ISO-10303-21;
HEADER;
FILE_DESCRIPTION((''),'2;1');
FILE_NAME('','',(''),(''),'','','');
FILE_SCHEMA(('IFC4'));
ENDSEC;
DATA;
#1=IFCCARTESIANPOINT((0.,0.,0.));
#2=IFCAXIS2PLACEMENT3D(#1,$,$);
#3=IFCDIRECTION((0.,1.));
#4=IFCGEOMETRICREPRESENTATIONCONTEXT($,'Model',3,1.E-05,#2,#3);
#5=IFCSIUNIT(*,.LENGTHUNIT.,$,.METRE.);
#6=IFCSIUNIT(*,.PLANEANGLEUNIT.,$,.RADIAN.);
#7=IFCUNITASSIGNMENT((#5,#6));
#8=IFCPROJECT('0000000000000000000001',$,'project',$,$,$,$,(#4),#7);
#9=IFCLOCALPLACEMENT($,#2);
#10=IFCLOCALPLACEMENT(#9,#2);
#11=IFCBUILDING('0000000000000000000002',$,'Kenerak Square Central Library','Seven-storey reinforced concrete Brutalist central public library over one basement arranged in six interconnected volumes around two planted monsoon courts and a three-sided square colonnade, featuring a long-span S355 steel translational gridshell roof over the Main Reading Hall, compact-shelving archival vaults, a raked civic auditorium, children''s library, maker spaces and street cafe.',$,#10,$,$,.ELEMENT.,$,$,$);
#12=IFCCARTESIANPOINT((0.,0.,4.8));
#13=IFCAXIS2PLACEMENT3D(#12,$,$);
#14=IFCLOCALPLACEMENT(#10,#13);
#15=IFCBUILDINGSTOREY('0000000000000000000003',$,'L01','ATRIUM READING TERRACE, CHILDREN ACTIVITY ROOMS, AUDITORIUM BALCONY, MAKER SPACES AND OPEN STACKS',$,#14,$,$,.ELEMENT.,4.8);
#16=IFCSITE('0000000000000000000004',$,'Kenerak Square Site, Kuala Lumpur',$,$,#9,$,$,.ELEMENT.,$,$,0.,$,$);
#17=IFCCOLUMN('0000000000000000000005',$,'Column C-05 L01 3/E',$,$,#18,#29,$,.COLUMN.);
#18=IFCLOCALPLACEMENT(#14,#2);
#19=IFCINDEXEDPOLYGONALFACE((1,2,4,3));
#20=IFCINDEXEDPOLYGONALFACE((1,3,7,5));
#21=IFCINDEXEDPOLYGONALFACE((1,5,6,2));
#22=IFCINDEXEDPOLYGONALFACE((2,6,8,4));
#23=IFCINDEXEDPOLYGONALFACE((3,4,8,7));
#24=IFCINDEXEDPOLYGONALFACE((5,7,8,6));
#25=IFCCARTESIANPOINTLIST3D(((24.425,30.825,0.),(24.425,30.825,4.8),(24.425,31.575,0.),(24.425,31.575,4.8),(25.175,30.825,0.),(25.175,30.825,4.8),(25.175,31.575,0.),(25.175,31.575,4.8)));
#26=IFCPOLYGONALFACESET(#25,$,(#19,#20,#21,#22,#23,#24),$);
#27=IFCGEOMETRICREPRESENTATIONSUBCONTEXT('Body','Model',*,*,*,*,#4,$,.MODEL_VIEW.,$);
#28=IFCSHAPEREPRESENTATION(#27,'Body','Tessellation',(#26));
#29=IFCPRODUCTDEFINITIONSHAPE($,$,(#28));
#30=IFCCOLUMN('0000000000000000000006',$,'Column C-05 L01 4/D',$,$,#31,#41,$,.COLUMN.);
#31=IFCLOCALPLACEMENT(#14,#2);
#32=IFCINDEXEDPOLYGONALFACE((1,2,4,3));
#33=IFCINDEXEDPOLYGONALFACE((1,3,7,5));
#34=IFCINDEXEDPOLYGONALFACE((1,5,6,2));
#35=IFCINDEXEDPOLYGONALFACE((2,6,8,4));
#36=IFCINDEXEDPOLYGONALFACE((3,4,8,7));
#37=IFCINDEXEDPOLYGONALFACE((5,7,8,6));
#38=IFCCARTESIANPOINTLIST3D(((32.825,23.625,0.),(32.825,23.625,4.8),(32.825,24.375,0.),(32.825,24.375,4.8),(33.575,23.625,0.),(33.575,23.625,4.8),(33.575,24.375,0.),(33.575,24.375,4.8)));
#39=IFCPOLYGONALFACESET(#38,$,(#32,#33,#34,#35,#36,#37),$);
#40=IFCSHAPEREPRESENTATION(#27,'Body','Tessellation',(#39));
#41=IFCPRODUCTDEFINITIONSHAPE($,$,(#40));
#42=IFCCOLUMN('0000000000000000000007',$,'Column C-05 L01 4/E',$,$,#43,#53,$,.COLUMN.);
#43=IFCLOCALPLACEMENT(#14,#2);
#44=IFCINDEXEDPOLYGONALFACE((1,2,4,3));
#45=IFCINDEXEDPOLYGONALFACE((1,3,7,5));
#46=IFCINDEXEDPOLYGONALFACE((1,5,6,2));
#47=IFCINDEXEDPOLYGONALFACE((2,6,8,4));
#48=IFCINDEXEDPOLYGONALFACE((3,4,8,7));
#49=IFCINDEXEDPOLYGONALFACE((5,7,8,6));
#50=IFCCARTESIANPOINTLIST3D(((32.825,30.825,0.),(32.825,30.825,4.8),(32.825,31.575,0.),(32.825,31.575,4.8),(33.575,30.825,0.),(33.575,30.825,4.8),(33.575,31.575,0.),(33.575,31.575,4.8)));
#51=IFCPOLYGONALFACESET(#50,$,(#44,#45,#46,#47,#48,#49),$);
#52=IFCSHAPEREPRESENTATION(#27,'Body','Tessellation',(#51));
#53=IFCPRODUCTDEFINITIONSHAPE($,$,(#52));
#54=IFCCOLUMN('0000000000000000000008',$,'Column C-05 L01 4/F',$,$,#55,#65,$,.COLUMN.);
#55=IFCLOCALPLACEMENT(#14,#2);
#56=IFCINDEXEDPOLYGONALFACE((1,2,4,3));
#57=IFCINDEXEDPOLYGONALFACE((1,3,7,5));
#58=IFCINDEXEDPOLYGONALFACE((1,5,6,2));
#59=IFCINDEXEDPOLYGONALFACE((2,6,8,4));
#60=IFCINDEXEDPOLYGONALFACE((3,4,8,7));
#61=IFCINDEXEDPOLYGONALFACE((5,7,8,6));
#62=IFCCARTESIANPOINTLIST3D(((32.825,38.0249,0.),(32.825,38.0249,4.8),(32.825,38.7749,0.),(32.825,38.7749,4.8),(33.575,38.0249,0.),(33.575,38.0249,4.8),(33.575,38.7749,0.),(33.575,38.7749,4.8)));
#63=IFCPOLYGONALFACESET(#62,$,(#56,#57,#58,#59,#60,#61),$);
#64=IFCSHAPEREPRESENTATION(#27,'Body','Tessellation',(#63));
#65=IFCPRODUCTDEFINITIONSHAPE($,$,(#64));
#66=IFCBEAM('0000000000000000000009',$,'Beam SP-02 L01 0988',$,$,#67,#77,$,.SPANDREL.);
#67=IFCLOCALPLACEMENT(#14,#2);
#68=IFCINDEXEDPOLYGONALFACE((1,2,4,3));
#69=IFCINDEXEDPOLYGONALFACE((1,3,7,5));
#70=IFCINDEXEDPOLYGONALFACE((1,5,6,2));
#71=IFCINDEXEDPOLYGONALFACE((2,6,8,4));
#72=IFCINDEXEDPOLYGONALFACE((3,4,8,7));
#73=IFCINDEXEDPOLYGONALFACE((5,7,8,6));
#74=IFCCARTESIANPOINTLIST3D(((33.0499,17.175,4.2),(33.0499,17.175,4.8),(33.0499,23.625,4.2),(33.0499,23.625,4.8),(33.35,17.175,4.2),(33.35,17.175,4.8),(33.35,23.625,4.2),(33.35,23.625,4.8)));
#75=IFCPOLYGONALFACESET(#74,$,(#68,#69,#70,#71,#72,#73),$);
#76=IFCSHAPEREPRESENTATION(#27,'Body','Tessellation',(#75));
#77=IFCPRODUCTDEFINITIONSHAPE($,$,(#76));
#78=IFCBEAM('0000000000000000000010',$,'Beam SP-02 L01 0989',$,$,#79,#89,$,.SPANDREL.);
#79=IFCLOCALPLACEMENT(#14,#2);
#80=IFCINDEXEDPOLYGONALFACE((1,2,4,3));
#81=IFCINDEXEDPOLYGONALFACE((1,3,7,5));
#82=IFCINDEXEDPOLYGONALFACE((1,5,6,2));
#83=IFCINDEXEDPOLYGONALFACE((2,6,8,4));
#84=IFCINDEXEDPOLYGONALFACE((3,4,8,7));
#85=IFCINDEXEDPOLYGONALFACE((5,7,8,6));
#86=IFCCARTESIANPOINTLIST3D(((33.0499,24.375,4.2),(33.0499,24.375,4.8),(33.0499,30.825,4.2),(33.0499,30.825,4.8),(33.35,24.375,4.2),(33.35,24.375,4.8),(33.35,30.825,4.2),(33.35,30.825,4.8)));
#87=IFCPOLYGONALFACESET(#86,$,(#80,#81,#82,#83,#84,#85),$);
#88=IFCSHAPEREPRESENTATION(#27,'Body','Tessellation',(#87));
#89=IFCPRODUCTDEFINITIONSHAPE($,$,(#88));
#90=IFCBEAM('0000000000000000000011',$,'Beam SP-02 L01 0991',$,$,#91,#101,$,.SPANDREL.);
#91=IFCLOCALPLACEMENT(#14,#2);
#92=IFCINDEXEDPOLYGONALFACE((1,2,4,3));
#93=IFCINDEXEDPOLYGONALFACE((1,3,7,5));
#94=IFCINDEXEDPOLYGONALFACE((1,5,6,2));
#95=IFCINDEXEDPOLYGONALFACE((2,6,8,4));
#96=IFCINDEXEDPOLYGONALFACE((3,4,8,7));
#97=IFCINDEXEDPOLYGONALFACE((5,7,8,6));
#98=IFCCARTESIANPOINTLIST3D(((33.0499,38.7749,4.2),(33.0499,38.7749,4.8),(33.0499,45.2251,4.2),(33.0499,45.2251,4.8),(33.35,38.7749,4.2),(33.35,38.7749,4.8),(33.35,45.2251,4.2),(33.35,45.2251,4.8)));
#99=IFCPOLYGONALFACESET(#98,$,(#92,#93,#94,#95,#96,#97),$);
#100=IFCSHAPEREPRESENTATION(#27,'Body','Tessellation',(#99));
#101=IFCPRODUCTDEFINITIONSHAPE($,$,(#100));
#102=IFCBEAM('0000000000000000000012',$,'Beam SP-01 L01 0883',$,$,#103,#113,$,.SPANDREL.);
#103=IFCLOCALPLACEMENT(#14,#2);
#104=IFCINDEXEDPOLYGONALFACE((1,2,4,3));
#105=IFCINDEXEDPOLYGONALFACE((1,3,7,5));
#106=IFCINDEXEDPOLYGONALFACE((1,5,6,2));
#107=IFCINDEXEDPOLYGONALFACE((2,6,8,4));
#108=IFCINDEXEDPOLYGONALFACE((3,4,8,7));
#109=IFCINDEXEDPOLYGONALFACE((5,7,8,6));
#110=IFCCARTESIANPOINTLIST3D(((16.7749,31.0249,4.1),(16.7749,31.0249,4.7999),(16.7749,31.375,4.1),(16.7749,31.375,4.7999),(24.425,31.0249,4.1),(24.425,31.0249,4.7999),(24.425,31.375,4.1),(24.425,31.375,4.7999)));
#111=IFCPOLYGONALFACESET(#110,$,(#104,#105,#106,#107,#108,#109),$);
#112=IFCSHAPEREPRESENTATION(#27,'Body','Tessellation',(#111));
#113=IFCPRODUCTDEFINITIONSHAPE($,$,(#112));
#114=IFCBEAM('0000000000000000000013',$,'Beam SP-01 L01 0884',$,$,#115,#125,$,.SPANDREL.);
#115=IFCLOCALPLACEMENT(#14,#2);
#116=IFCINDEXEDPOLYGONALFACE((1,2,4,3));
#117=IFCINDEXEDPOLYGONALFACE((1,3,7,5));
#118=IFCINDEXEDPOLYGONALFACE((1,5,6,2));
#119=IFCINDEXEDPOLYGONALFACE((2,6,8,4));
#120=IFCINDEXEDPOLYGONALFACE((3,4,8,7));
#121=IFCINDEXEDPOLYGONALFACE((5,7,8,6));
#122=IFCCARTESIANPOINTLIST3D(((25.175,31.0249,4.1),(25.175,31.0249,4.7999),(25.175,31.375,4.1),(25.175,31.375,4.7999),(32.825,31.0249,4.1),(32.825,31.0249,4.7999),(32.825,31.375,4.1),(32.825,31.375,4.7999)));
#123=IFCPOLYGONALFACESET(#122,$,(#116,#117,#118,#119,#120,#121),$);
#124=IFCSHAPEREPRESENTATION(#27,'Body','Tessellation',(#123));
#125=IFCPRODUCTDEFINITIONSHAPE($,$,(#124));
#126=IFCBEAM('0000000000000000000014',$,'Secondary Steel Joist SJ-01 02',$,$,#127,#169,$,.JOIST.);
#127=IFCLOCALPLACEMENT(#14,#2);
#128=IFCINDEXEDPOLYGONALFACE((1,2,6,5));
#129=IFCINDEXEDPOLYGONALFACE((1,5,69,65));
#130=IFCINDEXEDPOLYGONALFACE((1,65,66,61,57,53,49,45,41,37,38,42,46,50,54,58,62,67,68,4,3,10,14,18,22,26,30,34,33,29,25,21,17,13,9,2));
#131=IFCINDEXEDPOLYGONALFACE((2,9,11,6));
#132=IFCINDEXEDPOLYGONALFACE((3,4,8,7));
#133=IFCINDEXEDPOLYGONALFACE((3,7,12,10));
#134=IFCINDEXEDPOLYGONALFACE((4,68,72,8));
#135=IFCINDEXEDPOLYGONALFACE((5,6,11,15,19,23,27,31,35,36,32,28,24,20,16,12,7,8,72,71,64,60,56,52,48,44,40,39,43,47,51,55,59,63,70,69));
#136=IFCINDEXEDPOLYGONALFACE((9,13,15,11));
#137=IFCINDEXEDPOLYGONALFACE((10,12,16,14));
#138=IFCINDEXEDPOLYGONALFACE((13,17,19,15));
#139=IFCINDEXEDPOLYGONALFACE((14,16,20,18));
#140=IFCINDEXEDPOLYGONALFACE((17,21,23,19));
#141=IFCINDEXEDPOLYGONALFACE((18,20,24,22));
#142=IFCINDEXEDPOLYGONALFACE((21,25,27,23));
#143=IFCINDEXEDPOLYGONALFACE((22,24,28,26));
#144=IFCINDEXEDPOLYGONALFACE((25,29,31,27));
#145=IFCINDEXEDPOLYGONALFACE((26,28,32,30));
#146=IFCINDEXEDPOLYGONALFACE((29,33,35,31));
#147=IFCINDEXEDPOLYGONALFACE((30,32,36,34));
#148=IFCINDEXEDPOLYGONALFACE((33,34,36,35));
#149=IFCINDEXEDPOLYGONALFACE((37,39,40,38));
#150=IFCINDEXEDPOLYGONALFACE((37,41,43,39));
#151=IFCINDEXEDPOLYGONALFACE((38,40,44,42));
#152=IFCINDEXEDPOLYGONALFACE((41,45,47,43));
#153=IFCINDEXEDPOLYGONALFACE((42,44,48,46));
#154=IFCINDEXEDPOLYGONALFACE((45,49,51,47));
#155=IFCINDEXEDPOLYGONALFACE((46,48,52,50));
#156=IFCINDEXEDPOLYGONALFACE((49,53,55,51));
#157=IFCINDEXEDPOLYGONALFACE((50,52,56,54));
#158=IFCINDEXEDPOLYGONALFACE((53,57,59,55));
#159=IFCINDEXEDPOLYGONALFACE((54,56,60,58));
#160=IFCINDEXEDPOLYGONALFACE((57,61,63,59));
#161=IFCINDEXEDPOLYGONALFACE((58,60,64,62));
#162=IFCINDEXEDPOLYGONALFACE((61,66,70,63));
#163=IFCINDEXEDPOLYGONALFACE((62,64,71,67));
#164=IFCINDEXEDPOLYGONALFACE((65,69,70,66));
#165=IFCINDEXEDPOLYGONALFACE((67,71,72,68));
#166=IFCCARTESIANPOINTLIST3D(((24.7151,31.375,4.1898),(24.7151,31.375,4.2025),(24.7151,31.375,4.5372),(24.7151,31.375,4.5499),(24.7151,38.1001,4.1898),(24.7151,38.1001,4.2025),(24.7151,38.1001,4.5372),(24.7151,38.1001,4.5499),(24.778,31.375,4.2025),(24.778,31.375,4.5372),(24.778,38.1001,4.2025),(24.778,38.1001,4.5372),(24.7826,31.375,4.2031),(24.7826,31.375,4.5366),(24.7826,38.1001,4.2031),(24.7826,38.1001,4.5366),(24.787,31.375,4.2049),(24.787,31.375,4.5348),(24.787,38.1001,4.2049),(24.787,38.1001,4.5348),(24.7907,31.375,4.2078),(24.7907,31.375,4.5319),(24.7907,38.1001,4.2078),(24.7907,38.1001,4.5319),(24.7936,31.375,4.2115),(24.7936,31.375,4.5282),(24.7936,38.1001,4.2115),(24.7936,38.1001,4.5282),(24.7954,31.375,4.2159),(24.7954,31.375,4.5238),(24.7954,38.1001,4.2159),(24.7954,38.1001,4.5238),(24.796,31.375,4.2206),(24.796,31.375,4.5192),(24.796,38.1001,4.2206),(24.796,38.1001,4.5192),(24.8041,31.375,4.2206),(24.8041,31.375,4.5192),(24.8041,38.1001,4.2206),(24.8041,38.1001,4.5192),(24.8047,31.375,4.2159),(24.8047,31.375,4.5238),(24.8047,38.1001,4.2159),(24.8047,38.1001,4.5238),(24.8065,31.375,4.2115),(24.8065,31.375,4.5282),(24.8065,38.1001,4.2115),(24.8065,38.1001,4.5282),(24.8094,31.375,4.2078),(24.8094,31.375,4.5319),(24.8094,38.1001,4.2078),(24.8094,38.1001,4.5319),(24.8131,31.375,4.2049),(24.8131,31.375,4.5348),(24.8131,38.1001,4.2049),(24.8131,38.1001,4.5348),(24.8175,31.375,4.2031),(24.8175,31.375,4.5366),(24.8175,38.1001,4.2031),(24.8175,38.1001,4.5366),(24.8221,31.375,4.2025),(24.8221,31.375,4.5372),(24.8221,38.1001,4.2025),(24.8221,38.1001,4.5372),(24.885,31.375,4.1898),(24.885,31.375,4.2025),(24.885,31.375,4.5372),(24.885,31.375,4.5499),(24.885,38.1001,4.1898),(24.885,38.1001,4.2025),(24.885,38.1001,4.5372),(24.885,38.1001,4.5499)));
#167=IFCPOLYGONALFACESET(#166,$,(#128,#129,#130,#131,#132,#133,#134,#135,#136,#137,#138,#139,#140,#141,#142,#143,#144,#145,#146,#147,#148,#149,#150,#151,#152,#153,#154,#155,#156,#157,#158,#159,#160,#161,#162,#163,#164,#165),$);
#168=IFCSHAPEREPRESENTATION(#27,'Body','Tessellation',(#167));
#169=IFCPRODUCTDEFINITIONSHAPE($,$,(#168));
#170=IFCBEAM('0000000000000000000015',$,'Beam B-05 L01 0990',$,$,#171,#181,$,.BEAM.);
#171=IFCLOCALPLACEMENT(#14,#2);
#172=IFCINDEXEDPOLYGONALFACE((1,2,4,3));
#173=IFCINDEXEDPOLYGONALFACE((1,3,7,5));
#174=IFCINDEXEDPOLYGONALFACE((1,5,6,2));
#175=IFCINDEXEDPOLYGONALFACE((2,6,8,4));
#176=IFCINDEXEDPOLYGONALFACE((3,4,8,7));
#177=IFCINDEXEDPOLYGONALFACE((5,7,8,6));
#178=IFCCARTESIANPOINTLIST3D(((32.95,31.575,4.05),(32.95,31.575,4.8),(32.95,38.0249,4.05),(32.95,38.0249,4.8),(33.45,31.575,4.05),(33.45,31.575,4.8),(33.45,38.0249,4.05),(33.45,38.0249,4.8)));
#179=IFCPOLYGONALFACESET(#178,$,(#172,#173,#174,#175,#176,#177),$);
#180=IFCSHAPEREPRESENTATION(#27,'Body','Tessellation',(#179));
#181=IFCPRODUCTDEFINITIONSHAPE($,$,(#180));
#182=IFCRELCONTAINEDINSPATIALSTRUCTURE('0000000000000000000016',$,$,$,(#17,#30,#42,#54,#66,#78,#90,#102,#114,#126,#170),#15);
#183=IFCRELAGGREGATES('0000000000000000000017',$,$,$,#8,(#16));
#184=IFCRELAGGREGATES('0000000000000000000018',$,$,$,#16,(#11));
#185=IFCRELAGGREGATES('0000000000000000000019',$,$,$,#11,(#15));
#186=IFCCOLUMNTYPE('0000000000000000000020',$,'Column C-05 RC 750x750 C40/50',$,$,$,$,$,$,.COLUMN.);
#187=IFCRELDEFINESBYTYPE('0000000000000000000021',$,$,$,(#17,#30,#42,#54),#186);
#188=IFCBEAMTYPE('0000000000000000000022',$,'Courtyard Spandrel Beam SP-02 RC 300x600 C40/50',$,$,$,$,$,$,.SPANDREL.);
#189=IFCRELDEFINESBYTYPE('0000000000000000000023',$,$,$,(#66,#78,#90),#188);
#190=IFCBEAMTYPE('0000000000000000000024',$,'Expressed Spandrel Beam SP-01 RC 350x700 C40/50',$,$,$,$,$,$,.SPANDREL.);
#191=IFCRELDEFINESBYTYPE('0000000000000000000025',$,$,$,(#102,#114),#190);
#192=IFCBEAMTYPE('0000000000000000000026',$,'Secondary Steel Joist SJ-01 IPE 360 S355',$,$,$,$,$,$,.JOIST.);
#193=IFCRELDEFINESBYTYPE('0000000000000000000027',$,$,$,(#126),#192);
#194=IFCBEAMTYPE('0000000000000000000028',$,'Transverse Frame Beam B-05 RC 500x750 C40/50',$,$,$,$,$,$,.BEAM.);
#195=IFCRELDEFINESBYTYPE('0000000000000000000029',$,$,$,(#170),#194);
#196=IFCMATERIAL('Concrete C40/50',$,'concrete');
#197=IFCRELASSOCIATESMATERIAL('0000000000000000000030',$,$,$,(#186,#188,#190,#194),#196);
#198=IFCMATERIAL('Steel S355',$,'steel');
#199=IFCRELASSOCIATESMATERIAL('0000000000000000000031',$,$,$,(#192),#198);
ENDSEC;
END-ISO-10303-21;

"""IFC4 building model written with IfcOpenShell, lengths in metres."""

from ifc_helpers import new_model, si_unit, direction, frame, origin, origin_2d, place, context, subcontext, project, spatial, rectangle, i_section, extrude, material, material_profile, profile_set, type_object, element, save


model = new_model("IFC4")

# Units and contexts
model_context = context("Model", 3, precision=1e-05, world=origin(), true_north=direction((0.0, 1.0)))
body_context = subcontext(model_context, "Body", "Model", "MODEL_VIEW")
ifc_project = project(units=[si_unit("LENGTHUNIT", "METRE"), si_unit("PLANEANGLEUNIT", "RADIAN")], contexts=[model_context])

# Site, building, storey
site_placement = place(None, origin())
site = spatial("IfcSite", under=ifc_project, at=site_placement, Name="Kenerak Square Site, Kuala Lumpur", CompositionType="ELEMENT", RefElevation=0.0)
building_placement = place(site_placement, origin())
building = spatial("IfcBuilding", under=site, at=building_placement, Name="Kenerak Square Central Library", Description="Seven-storey reinforced concrete Brutalist central public library over one basement arranged in six interconnected volumes around two planted monsoon courts and a three-sided square colonnade, featuring a long-span S355 steel translational gridshell roof over the Main Reading Hall, compact-shelving archival vaults, a raked civic auditorium, children's library, maker spaces and street cafe.", CompositionType="ELEMENT")
storey_placement = place(building_placement, frame((0.0, 0.0, 4.8)))
storey = spatial("IfcBuildingStorey", under=building, at=storey_placement, Name="L01", Description="ATRIUM READING TERRACE, CHILDREN ACTIVITY ROOMS, AUDITORIUM BALCONY, MAKER SPACES AND OPEN STACKS", CompositionType="ELEMENT", Elevation=4.8)

# Columns
ifc_material_1 = material(Name="Concrete C40/50", Category="concrete")
ifc_material_profile_1 = material_profile(ifc_material_1, rectangle(XDim=0.75, YDim=0.75, at=origin_2d()), Name="RC 750x750")
ifc_profile_set_1 = profile_set([ifc_material_profile_1], Name="Concrete C40/50")
column_type = type_object("IfcColumnType", Name="Column C-05 RC 750x750 C40/50", PredefinedType="COLUMN", material=ifc_profile_set_1)
for number, where, z_axis, x_axis, name in (
    (1, (24.8, 31.2, 0.0), (0.0, 0.0, 1.0), (1.0, 0.0, 0.0), "Column C-05 L01 3/E"),
    (2, (33.2, 24.0, 0.0), (0.0, 0.0, 1.0), (1.0, 0.0, 0.0), "Column C-05 L01 4/D"),
    (3, (33.2, 31.2, 0.0), (0.0, 0.0, 1.0), (1.0, 0.0, 0.0), "Column C-05 L01 4/E"),
    (4, (33.2, 38.3999, 0.0), (0.0, 0.0, 1.0), (1.0, 0.0, 0.0), "Column C-05 L01 4/F"),
):
    element("IfcColumn", number, at=place(storey_placement, frame(where, z_axis=z_axis, x_axis=x_axis)), inside=storey, type_object=column_type, Name=name, PredefinedType="COLUMN", context=body_context, shape_type="SweptSolid", body=[
        extrude(rectangle(XDim=0.75, YDim=0.75, at=origin_2d()), origin(), (0.0, 0.0, 1.0), 4.8),
    ])

# Beams
ifc_material_profile_2 = material_profile(ifc_material_1, rectangle(XDim=0.3, YDim=0.6001, at=origin_2d()), Name="RC 300x600")
ifc_profile_set_2 = profile_set([ifc_material_profile_2], Name="Concrete C40/50")
beam_type_1 = type_object("IfcBeamType", Name="Courtyard Spandrel Beam SP-02 RC 300x600 C40/50", PredefinedType="SPANDREL", material=ifc_profile_set_2)
for number, where, z_axis, x_axis, name in (
    (5, (33.2, 17.175, 4.5), (0.0, 1.0, 0.0), (-1.0, 0.0, 0.0), "Beam SP-02 L01 0988"),
    (6, (33.2, 24.375, 4.5), (0.0, 1.0, 0.0), (-1.0, 0.0, 0.0), "Beam SP-02 L01 0989"),
):
    element("IfcBeam", number, at=place(storey_placement, frame(where, z_axis=z_axis, x_axis=x_axis)), inside=storey, type_object=beam_type_1, Name=name, PredefinedType="SPANDREL", context=body_context, shape_type="SweptSolid", body=[
        extrude(rectangle(XDim=0.3, YDim=0.6001, at=origin_2d()), origin(), (0.0, 0.0, 1.0), 6.45),
    ])
beam_1_placement = place(storey_placement, frame((33.2, 38.7749, 4.5), z_axis=(0.0, 1.0, 0.0), x_axis=(-1.0, 0.0, 0.0)))
element("IfcBeam", 7, at=beam_1_placement, inside=storey, type_object=beam_type_1, Name="Beam SP-02 L01 0991", PredefinedType="SPANDREL", context=body_context, shape_type="SweptSolid", body=[
    extrude(rectangle(XDim=0.3, YDim=0.6001, at=origin_2d()), origin(), (0.0, 0.0, 1.0), 6.4502),
])
ifc_material_profile_3 = material_profile(ifc_material_1, rectangle(XDim=0.3501, YDim=0.7, at=origin_2d()), Name="RC 350x700")
ifc_profile_set_3 = profile_set([ifc_material_profile_3], Name="Concrete C40/50")
beam_type_2 = type_object("IfcBeamType", Name="Expressed Spandrel Beam SP-01 RC 350x700 C40/50", PredefinedType="SPANDREL", material=ifc_profile_set_3)
beam_2_placement = place(storey_placement, frame((16.7749, 31.2, 4.45), z_axis=(1.0, 0.0, 0.0), x_axis=(0.0, 1.0, 0.0)))
element("IfcBeam", 8, at=beam_2_placement, inside=storey, type_object=beam_type_2, Name="Beam SP-01 L01 0883", PredefinedType="SPANDREL", context=body_context, shape_type="SweptSolid", body=[
    extrude(rectangle(XDim=0.3501, YDim=0.7, at=origin_2d()), origin(), (0.0, 0.0, 1.0), 7.6501),
])
beam_3_placement = place(storey_placement, frame((25.175, 31.2, 4.45), z_axis=(1.0, 0.0, 0.0), x_axis=(0.0, 1.0, 0.0)))
element("IfcBeam", 9, at=beam_3_placement, inside=storey, type_object=beam_type_2, Name="Beam SP-01 L01 0884", PredefinedType="SPANDREL", context=body_context, shape_type="SweptSolid", body=[
    extrude(rectangle(XDim=0.3501, YDim=0.7, at=origin_2d()), origin(), (0.0, 0.0, 1.0), 7.6499),
])
ifc_material_2 = material(Name="Steel S355", Category="steel")
ifc_material_profile_4 = material_profile(ifc_material_2, i_section(OverallWidth=0.1699, OverallDepth=0.3601, WebThickness=0.0081, FlangeThickness=0.0127, FilletRadius=0.0181, at=origin_2d()), Name="IPE 360")
ifc_profile_set_4 = profile_set([ifc_material_profile_4], Name="Steel S355")
beam_type_3 = type_object("IfcBeamType", Name="Secondary Steel Joist SJ-01 IPE 360 S355", PredefinedType="JOIST", material=ifc_profile_set_4)
beam_4_placement = place(storey_placement, frame((24.8, 31.375, 4.3699), z_axis=(0.0, 1.0, 0.0), x_axis=(-1.0, 0.0, 0.0)))
element("IfcBeam", 10, at=beam_4_placement, inside=storey, type_object=beam_type_3, Name="Secondary Steel Joist SJ-01 02", PredefinedType="JOIST", context=body_context, shape_type="SweptSolid", body=[
    extrude(i_section(OverallWidth=0.1699, OverallDepth=0.3601, WebThickness=0.0081, FlangeThickness=0.0127, FilletRadius=0.0181, at=origin_2d()), origin(), (0.0, 0.0, 1.0), 6.7251),
])
ifc_material_profile_5 = material_profile(ifc_material_1, rectangle(XDim=0.5, YDim=0.75, at=origin_2d()), Name="RC 500x750")
ifc_profile_set_5 = profile_set([ifc_material_profile_5], Name="Concrete C40/50")
beam_type_4 = type_object("IfcBeamType", Name="Transverse Frame Beam B-05 RC 500x750 C40/50", PredefinedType="BEAM", material=ifc_profile_set_5)
beam_5_placement = place(storey_placement, frame((33.2, 31.575, 4.425), z_axis=(0.0, 1.0, 0.0), x_axis=(-1.0, 0.0, 0.0)))
element("IfcBeam", 11, at=beam_5_placement, inside=storey, type_object=beam_type_4, Name="Beam B-05 L01 0990", PredefinedType="BEAM", context=body_context, shape_type="SweptSolid", body=[
    extrude(rectangle(XDim=0.5, YDim=0.75, at=origin_2d()), origin(), (0.0, 0.0, 1.0), 6.45),
])

save(model, "model.ifc")
